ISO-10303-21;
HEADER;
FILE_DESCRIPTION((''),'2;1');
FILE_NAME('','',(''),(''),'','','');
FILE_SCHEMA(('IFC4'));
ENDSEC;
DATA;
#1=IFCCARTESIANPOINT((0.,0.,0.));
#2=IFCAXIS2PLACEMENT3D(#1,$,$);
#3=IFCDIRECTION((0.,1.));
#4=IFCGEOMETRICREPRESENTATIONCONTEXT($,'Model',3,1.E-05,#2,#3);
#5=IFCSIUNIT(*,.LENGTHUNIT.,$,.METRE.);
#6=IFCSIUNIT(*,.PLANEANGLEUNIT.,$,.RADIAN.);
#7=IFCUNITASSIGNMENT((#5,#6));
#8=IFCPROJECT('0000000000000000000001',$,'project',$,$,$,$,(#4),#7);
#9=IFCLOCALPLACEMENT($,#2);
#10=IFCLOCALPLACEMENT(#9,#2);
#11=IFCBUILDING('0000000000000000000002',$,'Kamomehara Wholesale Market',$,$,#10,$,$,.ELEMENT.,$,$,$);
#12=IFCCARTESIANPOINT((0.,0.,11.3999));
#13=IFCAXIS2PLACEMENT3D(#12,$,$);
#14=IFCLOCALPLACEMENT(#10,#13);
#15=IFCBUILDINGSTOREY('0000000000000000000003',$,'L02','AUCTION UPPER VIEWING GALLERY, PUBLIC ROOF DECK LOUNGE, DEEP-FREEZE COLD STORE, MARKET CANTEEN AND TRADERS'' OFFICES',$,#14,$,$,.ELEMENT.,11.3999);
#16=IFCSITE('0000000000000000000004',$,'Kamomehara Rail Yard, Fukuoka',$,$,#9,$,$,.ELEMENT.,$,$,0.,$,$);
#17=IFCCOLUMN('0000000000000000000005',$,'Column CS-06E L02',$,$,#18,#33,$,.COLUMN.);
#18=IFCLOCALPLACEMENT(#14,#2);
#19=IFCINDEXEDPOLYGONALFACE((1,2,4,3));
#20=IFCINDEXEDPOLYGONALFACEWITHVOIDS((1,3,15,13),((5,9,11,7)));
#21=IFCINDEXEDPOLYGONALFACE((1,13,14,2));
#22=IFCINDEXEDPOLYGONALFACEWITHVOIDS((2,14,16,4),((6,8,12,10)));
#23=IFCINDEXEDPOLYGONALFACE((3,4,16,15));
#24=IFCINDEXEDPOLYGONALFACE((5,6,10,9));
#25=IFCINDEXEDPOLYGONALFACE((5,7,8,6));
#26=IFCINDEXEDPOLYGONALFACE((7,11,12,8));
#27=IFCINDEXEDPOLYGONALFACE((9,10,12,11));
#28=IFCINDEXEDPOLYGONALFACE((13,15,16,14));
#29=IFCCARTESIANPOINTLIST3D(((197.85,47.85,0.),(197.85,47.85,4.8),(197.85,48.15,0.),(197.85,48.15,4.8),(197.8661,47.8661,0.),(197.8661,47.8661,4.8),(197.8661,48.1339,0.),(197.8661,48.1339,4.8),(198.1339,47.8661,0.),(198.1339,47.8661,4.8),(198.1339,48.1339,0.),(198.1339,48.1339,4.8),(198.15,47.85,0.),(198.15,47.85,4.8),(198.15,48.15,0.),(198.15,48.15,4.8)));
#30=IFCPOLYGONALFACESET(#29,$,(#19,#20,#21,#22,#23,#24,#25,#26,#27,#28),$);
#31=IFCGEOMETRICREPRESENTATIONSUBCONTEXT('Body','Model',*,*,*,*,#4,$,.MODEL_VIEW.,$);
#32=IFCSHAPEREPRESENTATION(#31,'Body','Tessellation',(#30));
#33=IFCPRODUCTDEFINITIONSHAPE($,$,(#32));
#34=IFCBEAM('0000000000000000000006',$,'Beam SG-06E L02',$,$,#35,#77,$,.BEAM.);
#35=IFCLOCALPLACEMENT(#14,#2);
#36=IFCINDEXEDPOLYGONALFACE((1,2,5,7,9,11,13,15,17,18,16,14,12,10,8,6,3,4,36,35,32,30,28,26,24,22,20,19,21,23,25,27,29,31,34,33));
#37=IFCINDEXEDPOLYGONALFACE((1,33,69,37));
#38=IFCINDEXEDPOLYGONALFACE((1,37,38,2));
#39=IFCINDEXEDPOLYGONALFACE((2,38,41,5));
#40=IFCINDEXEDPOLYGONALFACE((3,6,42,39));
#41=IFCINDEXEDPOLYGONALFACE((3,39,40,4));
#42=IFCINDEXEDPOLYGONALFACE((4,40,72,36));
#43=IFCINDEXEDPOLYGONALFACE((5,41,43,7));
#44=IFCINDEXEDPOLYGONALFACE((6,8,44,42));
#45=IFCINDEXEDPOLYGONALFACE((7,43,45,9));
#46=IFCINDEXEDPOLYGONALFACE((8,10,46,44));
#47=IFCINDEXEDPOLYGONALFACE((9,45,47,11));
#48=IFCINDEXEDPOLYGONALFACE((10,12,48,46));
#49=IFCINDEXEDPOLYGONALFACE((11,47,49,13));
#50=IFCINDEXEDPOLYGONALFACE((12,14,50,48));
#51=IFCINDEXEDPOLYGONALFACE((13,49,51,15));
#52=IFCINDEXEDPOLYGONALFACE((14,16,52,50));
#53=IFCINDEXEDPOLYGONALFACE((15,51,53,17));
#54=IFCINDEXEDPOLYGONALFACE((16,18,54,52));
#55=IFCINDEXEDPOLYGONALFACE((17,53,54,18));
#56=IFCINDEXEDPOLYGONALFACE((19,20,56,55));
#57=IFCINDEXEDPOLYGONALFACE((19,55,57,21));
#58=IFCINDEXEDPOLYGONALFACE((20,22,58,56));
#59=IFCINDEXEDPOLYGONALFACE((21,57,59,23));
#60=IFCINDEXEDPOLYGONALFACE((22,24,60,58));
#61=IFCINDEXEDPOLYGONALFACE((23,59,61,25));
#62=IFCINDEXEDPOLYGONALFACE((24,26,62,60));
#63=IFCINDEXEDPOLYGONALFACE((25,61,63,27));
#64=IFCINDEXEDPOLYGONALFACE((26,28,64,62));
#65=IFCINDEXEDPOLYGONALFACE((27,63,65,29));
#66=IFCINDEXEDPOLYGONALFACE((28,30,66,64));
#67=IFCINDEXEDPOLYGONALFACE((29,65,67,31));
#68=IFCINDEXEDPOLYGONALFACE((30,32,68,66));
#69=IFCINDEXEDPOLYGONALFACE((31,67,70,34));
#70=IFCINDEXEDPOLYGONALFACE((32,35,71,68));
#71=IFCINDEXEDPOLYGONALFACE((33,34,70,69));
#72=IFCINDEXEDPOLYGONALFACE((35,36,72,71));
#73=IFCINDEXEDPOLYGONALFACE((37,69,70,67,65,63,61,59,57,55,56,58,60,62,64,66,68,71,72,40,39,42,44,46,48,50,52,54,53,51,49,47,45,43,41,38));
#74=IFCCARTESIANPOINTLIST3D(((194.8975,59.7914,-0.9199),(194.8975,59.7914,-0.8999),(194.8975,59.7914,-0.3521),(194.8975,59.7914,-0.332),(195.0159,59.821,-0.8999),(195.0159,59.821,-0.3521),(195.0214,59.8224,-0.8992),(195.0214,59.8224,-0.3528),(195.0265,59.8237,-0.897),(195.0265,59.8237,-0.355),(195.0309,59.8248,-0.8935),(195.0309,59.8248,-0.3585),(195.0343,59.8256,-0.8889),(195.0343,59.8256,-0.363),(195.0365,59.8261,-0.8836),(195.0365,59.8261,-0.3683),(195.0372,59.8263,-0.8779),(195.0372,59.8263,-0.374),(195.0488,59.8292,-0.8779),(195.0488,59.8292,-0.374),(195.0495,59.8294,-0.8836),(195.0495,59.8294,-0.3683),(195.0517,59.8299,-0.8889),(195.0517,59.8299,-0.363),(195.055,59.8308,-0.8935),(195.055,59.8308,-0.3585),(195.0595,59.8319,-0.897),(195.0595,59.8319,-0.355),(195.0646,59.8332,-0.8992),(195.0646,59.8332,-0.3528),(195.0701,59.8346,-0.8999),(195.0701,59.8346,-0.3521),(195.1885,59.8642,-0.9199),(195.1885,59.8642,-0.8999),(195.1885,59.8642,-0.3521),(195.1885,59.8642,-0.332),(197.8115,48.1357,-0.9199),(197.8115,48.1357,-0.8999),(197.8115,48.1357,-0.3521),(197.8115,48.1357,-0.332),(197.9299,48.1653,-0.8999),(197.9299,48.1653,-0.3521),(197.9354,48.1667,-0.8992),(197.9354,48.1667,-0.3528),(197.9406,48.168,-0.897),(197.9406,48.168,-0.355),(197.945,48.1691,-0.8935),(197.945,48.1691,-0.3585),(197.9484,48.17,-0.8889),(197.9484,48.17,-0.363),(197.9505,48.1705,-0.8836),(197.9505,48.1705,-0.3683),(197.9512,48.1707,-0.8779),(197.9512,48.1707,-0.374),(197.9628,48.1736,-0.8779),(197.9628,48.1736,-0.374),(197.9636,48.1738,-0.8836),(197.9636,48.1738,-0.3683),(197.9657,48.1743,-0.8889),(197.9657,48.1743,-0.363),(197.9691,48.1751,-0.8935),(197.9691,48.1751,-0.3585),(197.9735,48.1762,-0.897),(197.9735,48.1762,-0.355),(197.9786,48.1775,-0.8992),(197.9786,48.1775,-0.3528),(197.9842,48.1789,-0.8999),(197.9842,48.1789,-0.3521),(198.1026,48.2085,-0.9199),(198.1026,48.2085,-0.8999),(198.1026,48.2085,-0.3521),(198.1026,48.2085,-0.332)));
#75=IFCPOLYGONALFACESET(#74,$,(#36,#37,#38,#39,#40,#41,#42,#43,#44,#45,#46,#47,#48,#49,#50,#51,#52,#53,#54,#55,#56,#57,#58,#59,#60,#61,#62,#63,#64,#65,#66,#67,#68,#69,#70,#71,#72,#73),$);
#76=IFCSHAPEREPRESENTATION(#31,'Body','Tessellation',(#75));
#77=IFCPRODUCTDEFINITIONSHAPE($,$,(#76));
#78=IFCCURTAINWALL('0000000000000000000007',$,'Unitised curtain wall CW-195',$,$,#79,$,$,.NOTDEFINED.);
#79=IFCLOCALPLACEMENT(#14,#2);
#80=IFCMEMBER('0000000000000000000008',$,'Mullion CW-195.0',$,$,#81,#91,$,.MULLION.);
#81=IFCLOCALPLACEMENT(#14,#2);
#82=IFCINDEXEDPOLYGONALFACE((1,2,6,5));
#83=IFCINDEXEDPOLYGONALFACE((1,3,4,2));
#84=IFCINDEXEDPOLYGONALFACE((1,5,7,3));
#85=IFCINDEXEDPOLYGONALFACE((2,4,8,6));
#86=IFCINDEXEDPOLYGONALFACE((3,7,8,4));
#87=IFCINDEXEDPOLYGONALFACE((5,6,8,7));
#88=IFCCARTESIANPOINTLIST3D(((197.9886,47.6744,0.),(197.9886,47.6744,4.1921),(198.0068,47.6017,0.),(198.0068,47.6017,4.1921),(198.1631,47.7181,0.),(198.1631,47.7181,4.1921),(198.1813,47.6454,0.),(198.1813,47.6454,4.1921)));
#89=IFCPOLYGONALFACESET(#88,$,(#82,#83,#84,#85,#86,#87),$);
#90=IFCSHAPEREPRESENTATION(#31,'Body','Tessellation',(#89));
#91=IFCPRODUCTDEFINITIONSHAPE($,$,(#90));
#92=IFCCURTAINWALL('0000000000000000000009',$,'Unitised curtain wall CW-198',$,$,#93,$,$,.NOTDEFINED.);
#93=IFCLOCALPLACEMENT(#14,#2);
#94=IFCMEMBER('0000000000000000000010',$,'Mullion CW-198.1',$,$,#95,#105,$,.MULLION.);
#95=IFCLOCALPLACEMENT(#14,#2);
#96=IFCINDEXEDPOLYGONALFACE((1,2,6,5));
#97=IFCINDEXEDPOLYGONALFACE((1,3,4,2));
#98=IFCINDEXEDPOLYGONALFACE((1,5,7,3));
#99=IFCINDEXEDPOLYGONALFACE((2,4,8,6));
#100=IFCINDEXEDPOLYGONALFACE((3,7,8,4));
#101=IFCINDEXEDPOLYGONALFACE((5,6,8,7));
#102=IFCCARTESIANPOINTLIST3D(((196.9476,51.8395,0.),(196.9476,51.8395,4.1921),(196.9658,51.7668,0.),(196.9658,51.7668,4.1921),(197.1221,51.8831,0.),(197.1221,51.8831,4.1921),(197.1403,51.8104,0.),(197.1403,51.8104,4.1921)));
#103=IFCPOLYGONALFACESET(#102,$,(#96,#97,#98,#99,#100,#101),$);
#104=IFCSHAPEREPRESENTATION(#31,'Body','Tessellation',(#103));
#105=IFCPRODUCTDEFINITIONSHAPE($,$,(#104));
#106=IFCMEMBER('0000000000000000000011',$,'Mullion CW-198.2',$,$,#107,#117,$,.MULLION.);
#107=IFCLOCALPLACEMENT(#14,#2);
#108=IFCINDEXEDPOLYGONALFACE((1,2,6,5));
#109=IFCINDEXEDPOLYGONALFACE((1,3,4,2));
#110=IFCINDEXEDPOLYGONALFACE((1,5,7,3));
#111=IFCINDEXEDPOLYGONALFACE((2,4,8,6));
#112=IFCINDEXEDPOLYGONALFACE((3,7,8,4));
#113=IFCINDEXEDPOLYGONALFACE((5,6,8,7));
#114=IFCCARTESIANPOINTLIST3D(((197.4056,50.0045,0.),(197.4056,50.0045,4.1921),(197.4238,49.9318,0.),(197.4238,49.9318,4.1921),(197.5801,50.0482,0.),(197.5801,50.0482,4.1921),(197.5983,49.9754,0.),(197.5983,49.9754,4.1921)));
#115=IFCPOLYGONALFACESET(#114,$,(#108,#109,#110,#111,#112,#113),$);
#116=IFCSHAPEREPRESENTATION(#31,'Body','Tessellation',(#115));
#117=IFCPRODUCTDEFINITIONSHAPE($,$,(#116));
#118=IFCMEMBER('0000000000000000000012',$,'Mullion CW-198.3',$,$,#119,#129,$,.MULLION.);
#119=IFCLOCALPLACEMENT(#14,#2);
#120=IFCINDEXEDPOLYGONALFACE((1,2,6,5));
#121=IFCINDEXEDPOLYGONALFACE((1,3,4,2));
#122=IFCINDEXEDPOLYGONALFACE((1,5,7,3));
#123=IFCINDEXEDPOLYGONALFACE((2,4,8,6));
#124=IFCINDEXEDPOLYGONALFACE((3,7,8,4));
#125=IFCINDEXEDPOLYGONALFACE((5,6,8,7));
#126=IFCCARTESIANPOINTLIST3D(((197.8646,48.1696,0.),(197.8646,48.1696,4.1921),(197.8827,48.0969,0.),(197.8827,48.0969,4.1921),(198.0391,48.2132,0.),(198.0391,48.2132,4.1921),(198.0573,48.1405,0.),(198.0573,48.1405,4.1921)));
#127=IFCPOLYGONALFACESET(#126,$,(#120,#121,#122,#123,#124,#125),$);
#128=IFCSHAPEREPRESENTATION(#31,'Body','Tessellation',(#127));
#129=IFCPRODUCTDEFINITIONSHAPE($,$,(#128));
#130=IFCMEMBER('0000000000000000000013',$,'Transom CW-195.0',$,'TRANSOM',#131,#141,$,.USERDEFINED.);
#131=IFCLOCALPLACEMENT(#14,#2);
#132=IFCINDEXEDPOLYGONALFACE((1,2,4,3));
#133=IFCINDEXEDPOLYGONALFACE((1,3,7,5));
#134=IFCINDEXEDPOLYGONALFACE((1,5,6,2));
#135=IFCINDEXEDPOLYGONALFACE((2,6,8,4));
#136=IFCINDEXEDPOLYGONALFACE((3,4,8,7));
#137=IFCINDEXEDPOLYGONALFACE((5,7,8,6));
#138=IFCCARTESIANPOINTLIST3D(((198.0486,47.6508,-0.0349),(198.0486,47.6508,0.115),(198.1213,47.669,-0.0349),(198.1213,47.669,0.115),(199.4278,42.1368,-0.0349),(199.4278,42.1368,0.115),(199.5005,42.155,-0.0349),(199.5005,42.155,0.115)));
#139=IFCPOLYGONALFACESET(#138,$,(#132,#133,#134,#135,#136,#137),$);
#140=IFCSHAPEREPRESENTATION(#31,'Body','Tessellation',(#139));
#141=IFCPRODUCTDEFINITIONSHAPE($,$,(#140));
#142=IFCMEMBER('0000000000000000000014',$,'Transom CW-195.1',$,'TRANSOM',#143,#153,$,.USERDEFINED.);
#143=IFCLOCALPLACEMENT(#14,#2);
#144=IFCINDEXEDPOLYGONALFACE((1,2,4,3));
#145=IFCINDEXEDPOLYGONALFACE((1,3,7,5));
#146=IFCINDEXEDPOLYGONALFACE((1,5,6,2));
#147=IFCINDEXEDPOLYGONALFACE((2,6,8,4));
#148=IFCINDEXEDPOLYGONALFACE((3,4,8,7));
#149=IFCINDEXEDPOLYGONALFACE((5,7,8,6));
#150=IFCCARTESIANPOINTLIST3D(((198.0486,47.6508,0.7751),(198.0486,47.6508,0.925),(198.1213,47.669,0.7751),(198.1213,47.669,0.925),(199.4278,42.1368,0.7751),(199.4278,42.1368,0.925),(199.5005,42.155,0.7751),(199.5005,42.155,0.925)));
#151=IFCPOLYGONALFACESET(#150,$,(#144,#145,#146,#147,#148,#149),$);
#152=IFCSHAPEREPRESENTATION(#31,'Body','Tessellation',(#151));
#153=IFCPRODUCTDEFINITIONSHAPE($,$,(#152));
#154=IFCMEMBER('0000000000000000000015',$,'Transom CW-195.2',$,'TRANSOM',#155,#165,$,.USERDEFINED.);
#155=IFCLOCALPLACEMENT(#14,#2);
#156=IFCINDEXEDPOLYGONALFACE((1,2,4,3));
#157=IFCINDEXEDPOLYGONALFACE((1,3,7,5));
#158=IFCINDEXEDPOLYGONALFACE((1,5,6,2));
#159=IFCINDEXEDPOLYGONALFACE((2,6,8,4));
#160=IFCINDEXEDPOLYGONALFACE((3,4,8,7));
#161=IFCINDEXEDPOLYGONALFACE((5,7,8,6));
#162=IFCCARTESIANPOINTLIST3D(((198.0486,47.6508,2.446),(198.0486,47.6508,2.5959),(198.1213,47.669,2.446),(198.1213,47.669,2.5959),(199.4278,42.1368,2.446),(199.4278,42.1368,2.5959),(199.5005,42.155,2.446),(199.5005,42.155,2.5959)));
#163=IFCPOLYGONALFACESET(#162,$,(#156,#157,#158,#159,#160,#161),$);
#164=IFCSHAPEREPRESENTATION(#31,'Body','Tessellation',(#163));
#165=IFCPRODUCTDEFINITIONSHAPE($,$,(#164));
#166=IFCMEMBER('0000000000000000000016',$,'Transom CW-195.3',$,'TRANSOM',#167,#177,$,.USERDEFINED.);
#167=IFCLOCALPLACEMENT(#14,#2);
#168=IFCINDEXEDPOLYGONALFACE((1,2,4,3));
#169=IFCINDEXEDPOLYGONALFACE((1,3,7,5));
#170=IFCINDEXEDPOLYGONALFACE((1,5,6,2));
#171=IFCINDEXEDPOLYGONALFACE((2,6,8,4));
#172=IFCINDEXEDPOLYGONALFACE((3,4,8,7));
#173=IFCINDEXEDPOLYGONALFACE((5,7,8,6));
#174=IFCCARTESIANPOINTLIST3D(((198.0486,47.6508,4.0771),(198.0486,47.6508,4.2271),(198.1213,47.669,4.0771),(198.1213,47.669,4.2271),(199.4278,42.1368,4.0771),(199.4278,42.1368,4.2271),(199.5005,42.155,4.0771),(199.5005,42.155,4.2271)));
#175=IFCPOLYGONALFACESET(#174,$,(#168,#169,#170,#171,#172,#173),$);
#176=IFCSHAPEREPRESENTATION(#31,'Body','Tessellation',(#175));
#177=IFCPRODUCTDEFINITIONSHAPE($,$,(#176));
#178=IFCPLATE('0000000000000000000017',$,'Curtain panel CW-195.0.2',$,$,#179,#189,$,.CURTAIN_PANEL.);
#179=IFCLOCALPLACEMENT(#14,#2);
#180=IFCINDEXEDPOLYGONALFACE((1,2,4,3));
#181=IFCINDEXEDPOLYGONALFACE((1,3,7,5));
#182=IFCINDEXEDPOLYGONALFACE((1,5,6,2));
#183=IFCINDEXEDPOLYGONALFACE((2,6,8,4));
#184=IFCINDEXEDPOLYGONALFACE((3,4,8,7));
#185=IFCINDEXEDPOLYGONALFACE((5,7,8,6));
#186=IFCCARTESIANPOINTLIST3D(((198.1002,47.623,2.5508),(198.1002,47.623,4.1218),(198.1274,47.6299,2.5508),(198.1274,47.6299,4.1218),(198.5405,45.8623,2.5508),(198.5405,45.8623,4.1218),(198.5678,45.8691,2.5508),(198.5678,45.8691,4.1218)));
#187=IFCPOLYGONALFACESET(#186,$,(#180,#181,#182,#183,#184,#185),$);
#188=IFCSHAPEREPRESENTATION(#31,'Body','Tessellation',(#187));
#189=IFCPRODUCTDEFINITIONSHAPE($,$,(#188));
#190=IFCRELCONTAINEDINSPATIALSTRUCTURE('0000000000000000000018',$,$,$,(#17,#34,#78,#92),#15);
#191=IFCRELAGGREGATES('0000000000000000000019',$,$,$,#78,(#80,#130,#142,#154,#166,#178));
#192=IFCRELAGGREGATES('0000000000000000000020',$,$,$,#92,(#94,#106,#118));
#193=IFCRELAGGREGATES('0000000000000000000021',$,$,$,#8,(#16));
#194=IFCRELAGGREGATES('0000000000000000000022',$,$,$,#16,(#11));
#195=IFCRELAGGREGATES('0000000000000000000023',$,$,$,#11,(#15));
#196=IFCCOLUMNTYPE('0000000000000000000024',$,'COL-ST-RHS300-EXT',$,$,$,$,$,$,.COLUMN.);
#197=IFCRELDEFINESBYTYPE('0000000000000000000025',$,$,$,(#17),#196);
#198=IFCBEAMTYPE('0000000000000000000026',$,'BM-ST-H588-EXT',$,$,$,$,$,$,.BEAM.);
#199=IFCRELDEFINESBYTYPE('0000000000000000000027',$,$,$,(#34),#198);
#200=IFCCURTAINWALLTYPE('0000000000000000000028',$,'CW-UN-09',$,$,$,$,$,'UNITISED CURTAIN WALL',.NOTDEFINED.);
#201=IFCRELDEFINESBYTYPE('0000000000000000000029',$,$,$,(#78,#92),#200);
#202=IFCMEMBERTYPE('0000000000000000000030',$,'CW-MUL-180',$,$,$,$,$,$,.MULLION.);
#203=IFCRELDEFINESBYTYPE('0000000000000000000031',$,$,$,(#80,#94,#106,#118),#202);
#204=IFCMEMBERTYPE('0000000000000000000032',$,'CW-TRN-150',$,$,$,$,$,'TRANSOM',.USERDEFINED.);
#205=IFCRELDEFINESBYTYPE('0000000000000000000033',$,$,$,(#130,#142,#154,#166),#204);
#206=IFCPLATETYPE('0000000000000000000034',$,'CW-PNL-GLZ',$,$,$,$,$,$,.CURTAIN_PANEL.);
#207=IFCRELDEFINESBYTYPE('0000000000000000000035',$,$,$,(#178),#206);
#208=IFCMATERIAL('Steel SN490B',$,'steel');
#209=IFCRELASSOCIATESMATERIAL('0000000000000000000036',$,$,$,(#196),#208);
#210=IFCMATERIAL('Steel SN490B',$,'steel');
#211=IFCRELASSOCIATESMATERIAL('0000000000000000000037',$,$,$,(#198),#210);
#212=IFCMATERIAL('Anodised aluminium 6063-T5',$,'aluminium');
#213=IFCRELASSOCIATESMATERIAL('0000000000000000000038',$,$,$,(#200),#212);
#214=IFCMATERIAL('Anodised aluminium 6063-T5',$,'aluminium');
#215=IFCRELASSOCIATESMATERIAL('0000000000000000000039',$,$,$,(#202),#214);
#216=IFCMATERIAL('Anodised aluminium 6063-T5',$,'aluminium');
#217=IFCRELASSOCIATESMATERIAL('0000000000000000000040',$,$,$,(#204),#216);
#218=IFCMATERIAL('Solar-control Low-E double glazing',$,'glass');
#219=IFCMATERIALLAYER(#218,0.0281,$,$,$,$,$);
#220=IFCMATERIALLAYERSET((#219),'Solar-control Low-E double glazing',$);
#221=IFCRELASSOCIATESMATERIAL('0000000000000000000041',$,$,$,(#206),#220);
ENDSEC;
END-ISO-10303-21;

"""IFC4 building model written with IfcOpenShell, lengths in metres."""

from ifc_helpers import new_model, si_unit, direction, frame, origin, origin_2d, place, context, subcontext, project, spatial, rectangle, hollow_rectangle, i_section, extrude, material, layer, layer_set, material_profile, profile_set, type_object, element, aggregate, save


model = new_model("IFC4")

# Units and contexts
model_context = context("Model", 3, precision=1e-05, world=origin(), true_north=direction((0.0, 1.0)))
body_context = subcontext(model_context, "Body", "Model", "MODEL_VIEW")
ifc_project = project(units=[si_unit("LENGTHUNIT", "METRE"), si_unit("PLANEANGLEUNIT", "RADIAN")], contexts=[model_context])

# Site, building, storey
site_placement = place(None, origin())
site = spatial("IfcSite", under=ifc_project, at=site_placement, Name="Kamomehara Rail Yard, Fukuoka", CompositionType="ELEMENT", RefElevation=0.0)
building_placement = place(site_placement, origin())
building = spatial("IfcBuilding", under=site, at=building_placement, Name="Kamomehara Wholesale Market", CompositionType="ELEMENT")
storey_placement = place(building_placement, frame((0.0, 0.0, 11.3999)))
storey = spatial("IfcBuildingStorey", under=building, at=storey_placement, Name="L02", Description="AUCTION UPPER VIEWING GALLERY, PUBLIC ROOF DECK LOUNGE, DEEP-FREEZE COLD STORE, MARKET CANTEEN AND TRADERS' OFFICES", CompositionType="ELEMENT", Elevation=11.3999)

# Column
ifc_material_1 = material(Name="Steel SN490B", Category="steel")
ifc_material_profile_1 = material_profile(ifc_material_1, hollow_rectangle(XDim=0.3, YDim=0.3, WallThickness=0.0161, at=origin_2d()), Name="RHS-300x300x16")
ifc_profile_set_1 = profile_set([ifc_material_profile_1], Name="Steel SN490B")
column_type = type_object("IfcColumnType", Name="COL-ST-RHS300-EXT", PredefinedType="COLUMN", material=ifc_profile_set_1)
column_placement = place(storey_placement, frame((198.0, 48.0, 0.0), z_axis=(0.0, 0.0, 1.0), x_axis=(1.0, 0.0, 0.0)))
element("IfcColumn", 1, at=column_placement, inside=storey, type_object=column_type, Name="Column CS-06E L02", PredefinedType="COLUMN", context=body_context, shape_type="SweptSolid", body=[
    extrude(hollow_rectangle(XDim=0.3, YDim=0.3, WallThickness=0.0161, at=origin_2d()), origin(), (0.0, 0.0, 1.0), 4.8),
])

# Beam
ifc_material_2 = material(Name="Steel SN490B", Category="steel")
ifc_material_profile_2 = material_profile(ifc_material_2, i_section(OverallWidth=0.3, OverallDepth=0.5879, WebThickness=0.012, FlangeThickness=0.02, FilletRadius=0.022, at=origin_2d()), Name="H-588x300x12x20")
ifc_profile_set_2 = profile_set([ifc_material_profile_2], Name="Steel SN490B")
beam_type = type_object("IfcBeamType", Name="BM-ST-H588-EXT", PredefinedType="BEAM", material=ifc_profile_set_2)
beam_placement = place(storey_placement, frame((197.957, 48.1721, -0.626), z_axis=(-0.242545, 0.97014, 0.0), x_axis=(-0.97014, -0.242545, 0.0)))
element("IfcBeam", 2, at=beam_placement, inside=storey, type_object=beam_type, Name="Beam SG-06E L02", PredefinedType="BEAM", context=body_context, shape_type="SweptSolid", body=[
    extrude(i_section(OverallWidth=0.3, OverallDepth=0.5879, WebThickness=0.012, FlangeThickness=0.02, FilletRadius=0.022, at=origin_2d()), origin(), (0.0, 0.0, 1.0), 12.0144),
])

# Curtain wall, member
ifc_material_3 = material(Name="Anodised aluminium 6063-T5", Category="aluminium")
curtain_wall_type = type_object("IfcCurtainWallType", Name="CW-UN-09", ElementType="UNITISED CURTAIN WALL", PredefinedType="NOTDEFINED", material=ifc_material_3)
curtain_wall_1_placement = place(storey_placement, origin())
curtain_wall_1 = element("IfcCurtainWall", 3, at=curtain_wall_1_placement, inside=storey, type_object=curtain_wall_type, Name="Unitised curtain wall CW-195", PredefinedType="NOTDEFINED")
ifc_material_4 = material(Name="Anodised aluminium 6063-T5", Category="aluminium")
ifc_material_profile_3 = material_profile(ifc_material_4, rectangle(XDim=0.075, YDim=0.1799, at=origin_2d()), Name="ALU-MUL-75x180")
ifc_profile_set_3 = profile_set([ifc_material_profile_3], Name="Anodised aluminium 6063-T5")
member_type_1 = type_object("IfcMemberType", Name="CW-MUL-180", PredefinedType="MULLION", material=ifc_profile_set_3)
member_1_placement = place(storey_placement, frame((198.085, 47.6599, 0.0), z_axis=(0.0, 0.0, 1.0), x_axis=(0.242618, -0.970122, 0.0)))
member_1 = element("IfcMember", 4, at=member_1_placement, type_object=member_type_1, Name="Mullion CW-195.0", PredefinedType="MULLION", context=body_context, shape_type="SweptSolid", body=[
    extrude(rectangle(XDim=0.075, YDim=0.1799, at=origin_2d()), origin(), (0.0, 0.0, 1.0), 4.1921),
])

# Curtain wall, members
curtain_wall_2_placement = place(storey_placement, origin())
curtain_wall_2 = element("IfcCurtainWall", 5, at=curtain_wall_2_placement, inside=storey, type_object=curtain_wall_type, Name="Unitised curtain wall CW-198", PredefinedType="NOTDEFINED")
member_2_placement = place(storey_placement, frame((197.0439, 51.825, 0.0), z_axis=(0.0, 0.0, 1.0), x_axis=(0.242494, -0.970153, 0.0)))
member_2 = element("IfcMember", 6, at=member_2_placement, type_object=member_type_1, Name="Mullion CW-198.1", PredefinedType="MULLION", context=body_context, shape_type="SweptSolid", body=[
    extrude(rectangle(XDim=0.075, YDim=0.1799, at=origin_2d()), origin(), (0.0, 0.0, 1.0), 4.1921),
])
member_3_placement = place(storey_placement, frame((197.502, 49.99, 0.0), z_axis=(0.0, 0.0, 1.0), x_axis=(0.242494, -0.970153, 0.0)))
member_3 = element("IfcMember", 7, at=member_3_placement, type_object=member_type_1, Name="Mullion CW-198.2", PredefinedType="MULLION", context=body_context, shape_type="SweptSolid", body=[
    extrude(rectangle(XDim=0.075, YDim=0.1799, at=origin_2d()), origin(), (0.0, 0.0, 1.0), 4.1921),
])
member_4_placement = place(storey_placement, frame((197.9609, 48.155, 0.0), z_axis=(0.0, 0.0, 1.0), x_axis=(0.242494, -0.970153, 0.0)))
member_4 = element("IfcMember", 8, at=member_4_placement, type_object=member_type_1, Name="Mullion CW-198.3", PredefinedType="MULLION", context=body_context, shape_type="SweptSolid", body=[
    extrude(rectangle(XDim=0.075, YDim=0.1799, at=origin_2d()), origin(), (0.0, 0.0, 1.0), 4.1921),
])

# Members
ifc_material_5 = material(Name="Anodised aluminium 6063-T5", Category="aluminium")
ifc_material_profile_4 = material_profile(ifc_material_5, rectangle(XDim=0.075, YDim=0.1499, at=origin_2d()), Name="ALU-TRN-75x150")
ifc_profile_set_4 = profile_set([ifc_material_profile_4], Name="Anodised aluminium 6063-T5")
member_type_2 = type_object("IfcMemberType", Name="CW-TRN-150", ElementType="TRANSOM", PredefinedType="USERDEFINED", material=ifc_profile_set_4)
member_5_placement = place(storey_placement, frame((198.085, 47.6599, 0.04), z_axis=(0.242647, -0.970115, 0.0), x_axis=(0.970115, 0.242647, 0.0)))
member_5 = element("IfcMember", 9, at=member_5_placement, type_object=member_type_2, Name="Transom CW-195.0", ObjectType="TRANSOM", PredefinedType="USERDEFINED", context=body_context, shape_type="SweptSolid", body=[
    extrude(rectangle(XDim=0.075, YDim=0.1499, at=origin_2d()), origin(), (0.0, 0.0, 1.0), 5.6838),
])
member_6_placement = place(storey_placement, frame((198.085, 47.6599, 0.8501), z_axis=(0.242647, -0.970115, 0.0), x_axis=(0.970115, 0.242647, 0.0)))
member_6 = element("IfcMember", 10, at=member_6_placement, type_object=member_type_2, Name="Transom CW-195.1", ObjectType="TRANSOM", PredefinedType="USERDEFINED", context=body_context, shape_type="SweptSolid", body=[
    extrude(rectangle(XDim=0.075, YDim=0.1499, at=origin_2d()), origin(), (0.0, 0.0, 1.0), 5.6838),
])
member_7_placement = place(storey_placement, frame((198.085, 47.6599, 2.521), z_axis=(0.242647, -0.970115, 0.0), x_axis=(0.970115, 0.242647, 0.0)))
member_7 = element("IfcMember", 11, at=member_7_placement, type_object=member_type_2, Name="Transom CW-195.2", ObjectType="TRANSOM", PredefinedType="USERDEFINED", context=body_context, shape_type="SweptSolid", body=[
    extrude(rectangle(XDim=0.075, YDim=0.1499, at=origin_2d()), origin(), (0.0, 0.0, 1.0), 5.6838),
])
member_8_placement = place(storey_placement, frame((198.085, 47.6599, 4.1521), z_axis=(0.242647, -0.970115, 0.0), x_axis=(0.970115, 0.242647, 0.0)))
member_8 = element("IfcMember", 12, at=member_8_placement, type_object=member_type_2, Name="Transom CW-195.3", ObjectType="TRANSOM", PredefinedType="USERDEFINED", context=body_context, shape_type="SweptSolid", body=[
    extrude(rectangle(XDim=0.075, YDim=0.1499, at=origin_2d()), origin(), (0.0, 0.0, 1.0), 5.6838),
])

# Plate
ifc_material_6 = material(Name="Solar-control Low-E double glazing", Category="glass")
ifc_layer_1 = layer(ifc_material_6, 0.0281)
ifc_layer_set_1 = layer_set([ifc_layer_1], Name="Solar-control Low-E double glazing")
plate_type_1 = type_object("IfcPlateType", Name="CW-PNL-GLZ", PredefinedType="CURTAIN_PANEL", material=ifc_layer_set_1)
plate_1_placement = place(storey_placement, frame((198.334, 46.7461, 2.5508), z_axis=(0.0, 0.0, 1.0), x_axis=(0.242616, -0.970122, 0.0)))
plate_1 = element("IfcPlate", 13, at=plate_1_placement, type_object=plate_type_1, Name="Curtain panel CW-195.0.2", PredefinedType="CURTAIN_PANEL", context=body_context, shape_type="SweptSolid", body=[
    extrude(rectangle(XDim=1.8149, YDim=0.0281, at=origin_2d()), origin(), (0.0, 0.0, 1.0), 1.571),
])
aggregate(curtain_wall_1, [member_1, member_5, member_6, member_7, member_8, plate_1])
aggregate(curtain_wall_2, [member_2, member_3, member_4])

save(model, "model.ifc")
